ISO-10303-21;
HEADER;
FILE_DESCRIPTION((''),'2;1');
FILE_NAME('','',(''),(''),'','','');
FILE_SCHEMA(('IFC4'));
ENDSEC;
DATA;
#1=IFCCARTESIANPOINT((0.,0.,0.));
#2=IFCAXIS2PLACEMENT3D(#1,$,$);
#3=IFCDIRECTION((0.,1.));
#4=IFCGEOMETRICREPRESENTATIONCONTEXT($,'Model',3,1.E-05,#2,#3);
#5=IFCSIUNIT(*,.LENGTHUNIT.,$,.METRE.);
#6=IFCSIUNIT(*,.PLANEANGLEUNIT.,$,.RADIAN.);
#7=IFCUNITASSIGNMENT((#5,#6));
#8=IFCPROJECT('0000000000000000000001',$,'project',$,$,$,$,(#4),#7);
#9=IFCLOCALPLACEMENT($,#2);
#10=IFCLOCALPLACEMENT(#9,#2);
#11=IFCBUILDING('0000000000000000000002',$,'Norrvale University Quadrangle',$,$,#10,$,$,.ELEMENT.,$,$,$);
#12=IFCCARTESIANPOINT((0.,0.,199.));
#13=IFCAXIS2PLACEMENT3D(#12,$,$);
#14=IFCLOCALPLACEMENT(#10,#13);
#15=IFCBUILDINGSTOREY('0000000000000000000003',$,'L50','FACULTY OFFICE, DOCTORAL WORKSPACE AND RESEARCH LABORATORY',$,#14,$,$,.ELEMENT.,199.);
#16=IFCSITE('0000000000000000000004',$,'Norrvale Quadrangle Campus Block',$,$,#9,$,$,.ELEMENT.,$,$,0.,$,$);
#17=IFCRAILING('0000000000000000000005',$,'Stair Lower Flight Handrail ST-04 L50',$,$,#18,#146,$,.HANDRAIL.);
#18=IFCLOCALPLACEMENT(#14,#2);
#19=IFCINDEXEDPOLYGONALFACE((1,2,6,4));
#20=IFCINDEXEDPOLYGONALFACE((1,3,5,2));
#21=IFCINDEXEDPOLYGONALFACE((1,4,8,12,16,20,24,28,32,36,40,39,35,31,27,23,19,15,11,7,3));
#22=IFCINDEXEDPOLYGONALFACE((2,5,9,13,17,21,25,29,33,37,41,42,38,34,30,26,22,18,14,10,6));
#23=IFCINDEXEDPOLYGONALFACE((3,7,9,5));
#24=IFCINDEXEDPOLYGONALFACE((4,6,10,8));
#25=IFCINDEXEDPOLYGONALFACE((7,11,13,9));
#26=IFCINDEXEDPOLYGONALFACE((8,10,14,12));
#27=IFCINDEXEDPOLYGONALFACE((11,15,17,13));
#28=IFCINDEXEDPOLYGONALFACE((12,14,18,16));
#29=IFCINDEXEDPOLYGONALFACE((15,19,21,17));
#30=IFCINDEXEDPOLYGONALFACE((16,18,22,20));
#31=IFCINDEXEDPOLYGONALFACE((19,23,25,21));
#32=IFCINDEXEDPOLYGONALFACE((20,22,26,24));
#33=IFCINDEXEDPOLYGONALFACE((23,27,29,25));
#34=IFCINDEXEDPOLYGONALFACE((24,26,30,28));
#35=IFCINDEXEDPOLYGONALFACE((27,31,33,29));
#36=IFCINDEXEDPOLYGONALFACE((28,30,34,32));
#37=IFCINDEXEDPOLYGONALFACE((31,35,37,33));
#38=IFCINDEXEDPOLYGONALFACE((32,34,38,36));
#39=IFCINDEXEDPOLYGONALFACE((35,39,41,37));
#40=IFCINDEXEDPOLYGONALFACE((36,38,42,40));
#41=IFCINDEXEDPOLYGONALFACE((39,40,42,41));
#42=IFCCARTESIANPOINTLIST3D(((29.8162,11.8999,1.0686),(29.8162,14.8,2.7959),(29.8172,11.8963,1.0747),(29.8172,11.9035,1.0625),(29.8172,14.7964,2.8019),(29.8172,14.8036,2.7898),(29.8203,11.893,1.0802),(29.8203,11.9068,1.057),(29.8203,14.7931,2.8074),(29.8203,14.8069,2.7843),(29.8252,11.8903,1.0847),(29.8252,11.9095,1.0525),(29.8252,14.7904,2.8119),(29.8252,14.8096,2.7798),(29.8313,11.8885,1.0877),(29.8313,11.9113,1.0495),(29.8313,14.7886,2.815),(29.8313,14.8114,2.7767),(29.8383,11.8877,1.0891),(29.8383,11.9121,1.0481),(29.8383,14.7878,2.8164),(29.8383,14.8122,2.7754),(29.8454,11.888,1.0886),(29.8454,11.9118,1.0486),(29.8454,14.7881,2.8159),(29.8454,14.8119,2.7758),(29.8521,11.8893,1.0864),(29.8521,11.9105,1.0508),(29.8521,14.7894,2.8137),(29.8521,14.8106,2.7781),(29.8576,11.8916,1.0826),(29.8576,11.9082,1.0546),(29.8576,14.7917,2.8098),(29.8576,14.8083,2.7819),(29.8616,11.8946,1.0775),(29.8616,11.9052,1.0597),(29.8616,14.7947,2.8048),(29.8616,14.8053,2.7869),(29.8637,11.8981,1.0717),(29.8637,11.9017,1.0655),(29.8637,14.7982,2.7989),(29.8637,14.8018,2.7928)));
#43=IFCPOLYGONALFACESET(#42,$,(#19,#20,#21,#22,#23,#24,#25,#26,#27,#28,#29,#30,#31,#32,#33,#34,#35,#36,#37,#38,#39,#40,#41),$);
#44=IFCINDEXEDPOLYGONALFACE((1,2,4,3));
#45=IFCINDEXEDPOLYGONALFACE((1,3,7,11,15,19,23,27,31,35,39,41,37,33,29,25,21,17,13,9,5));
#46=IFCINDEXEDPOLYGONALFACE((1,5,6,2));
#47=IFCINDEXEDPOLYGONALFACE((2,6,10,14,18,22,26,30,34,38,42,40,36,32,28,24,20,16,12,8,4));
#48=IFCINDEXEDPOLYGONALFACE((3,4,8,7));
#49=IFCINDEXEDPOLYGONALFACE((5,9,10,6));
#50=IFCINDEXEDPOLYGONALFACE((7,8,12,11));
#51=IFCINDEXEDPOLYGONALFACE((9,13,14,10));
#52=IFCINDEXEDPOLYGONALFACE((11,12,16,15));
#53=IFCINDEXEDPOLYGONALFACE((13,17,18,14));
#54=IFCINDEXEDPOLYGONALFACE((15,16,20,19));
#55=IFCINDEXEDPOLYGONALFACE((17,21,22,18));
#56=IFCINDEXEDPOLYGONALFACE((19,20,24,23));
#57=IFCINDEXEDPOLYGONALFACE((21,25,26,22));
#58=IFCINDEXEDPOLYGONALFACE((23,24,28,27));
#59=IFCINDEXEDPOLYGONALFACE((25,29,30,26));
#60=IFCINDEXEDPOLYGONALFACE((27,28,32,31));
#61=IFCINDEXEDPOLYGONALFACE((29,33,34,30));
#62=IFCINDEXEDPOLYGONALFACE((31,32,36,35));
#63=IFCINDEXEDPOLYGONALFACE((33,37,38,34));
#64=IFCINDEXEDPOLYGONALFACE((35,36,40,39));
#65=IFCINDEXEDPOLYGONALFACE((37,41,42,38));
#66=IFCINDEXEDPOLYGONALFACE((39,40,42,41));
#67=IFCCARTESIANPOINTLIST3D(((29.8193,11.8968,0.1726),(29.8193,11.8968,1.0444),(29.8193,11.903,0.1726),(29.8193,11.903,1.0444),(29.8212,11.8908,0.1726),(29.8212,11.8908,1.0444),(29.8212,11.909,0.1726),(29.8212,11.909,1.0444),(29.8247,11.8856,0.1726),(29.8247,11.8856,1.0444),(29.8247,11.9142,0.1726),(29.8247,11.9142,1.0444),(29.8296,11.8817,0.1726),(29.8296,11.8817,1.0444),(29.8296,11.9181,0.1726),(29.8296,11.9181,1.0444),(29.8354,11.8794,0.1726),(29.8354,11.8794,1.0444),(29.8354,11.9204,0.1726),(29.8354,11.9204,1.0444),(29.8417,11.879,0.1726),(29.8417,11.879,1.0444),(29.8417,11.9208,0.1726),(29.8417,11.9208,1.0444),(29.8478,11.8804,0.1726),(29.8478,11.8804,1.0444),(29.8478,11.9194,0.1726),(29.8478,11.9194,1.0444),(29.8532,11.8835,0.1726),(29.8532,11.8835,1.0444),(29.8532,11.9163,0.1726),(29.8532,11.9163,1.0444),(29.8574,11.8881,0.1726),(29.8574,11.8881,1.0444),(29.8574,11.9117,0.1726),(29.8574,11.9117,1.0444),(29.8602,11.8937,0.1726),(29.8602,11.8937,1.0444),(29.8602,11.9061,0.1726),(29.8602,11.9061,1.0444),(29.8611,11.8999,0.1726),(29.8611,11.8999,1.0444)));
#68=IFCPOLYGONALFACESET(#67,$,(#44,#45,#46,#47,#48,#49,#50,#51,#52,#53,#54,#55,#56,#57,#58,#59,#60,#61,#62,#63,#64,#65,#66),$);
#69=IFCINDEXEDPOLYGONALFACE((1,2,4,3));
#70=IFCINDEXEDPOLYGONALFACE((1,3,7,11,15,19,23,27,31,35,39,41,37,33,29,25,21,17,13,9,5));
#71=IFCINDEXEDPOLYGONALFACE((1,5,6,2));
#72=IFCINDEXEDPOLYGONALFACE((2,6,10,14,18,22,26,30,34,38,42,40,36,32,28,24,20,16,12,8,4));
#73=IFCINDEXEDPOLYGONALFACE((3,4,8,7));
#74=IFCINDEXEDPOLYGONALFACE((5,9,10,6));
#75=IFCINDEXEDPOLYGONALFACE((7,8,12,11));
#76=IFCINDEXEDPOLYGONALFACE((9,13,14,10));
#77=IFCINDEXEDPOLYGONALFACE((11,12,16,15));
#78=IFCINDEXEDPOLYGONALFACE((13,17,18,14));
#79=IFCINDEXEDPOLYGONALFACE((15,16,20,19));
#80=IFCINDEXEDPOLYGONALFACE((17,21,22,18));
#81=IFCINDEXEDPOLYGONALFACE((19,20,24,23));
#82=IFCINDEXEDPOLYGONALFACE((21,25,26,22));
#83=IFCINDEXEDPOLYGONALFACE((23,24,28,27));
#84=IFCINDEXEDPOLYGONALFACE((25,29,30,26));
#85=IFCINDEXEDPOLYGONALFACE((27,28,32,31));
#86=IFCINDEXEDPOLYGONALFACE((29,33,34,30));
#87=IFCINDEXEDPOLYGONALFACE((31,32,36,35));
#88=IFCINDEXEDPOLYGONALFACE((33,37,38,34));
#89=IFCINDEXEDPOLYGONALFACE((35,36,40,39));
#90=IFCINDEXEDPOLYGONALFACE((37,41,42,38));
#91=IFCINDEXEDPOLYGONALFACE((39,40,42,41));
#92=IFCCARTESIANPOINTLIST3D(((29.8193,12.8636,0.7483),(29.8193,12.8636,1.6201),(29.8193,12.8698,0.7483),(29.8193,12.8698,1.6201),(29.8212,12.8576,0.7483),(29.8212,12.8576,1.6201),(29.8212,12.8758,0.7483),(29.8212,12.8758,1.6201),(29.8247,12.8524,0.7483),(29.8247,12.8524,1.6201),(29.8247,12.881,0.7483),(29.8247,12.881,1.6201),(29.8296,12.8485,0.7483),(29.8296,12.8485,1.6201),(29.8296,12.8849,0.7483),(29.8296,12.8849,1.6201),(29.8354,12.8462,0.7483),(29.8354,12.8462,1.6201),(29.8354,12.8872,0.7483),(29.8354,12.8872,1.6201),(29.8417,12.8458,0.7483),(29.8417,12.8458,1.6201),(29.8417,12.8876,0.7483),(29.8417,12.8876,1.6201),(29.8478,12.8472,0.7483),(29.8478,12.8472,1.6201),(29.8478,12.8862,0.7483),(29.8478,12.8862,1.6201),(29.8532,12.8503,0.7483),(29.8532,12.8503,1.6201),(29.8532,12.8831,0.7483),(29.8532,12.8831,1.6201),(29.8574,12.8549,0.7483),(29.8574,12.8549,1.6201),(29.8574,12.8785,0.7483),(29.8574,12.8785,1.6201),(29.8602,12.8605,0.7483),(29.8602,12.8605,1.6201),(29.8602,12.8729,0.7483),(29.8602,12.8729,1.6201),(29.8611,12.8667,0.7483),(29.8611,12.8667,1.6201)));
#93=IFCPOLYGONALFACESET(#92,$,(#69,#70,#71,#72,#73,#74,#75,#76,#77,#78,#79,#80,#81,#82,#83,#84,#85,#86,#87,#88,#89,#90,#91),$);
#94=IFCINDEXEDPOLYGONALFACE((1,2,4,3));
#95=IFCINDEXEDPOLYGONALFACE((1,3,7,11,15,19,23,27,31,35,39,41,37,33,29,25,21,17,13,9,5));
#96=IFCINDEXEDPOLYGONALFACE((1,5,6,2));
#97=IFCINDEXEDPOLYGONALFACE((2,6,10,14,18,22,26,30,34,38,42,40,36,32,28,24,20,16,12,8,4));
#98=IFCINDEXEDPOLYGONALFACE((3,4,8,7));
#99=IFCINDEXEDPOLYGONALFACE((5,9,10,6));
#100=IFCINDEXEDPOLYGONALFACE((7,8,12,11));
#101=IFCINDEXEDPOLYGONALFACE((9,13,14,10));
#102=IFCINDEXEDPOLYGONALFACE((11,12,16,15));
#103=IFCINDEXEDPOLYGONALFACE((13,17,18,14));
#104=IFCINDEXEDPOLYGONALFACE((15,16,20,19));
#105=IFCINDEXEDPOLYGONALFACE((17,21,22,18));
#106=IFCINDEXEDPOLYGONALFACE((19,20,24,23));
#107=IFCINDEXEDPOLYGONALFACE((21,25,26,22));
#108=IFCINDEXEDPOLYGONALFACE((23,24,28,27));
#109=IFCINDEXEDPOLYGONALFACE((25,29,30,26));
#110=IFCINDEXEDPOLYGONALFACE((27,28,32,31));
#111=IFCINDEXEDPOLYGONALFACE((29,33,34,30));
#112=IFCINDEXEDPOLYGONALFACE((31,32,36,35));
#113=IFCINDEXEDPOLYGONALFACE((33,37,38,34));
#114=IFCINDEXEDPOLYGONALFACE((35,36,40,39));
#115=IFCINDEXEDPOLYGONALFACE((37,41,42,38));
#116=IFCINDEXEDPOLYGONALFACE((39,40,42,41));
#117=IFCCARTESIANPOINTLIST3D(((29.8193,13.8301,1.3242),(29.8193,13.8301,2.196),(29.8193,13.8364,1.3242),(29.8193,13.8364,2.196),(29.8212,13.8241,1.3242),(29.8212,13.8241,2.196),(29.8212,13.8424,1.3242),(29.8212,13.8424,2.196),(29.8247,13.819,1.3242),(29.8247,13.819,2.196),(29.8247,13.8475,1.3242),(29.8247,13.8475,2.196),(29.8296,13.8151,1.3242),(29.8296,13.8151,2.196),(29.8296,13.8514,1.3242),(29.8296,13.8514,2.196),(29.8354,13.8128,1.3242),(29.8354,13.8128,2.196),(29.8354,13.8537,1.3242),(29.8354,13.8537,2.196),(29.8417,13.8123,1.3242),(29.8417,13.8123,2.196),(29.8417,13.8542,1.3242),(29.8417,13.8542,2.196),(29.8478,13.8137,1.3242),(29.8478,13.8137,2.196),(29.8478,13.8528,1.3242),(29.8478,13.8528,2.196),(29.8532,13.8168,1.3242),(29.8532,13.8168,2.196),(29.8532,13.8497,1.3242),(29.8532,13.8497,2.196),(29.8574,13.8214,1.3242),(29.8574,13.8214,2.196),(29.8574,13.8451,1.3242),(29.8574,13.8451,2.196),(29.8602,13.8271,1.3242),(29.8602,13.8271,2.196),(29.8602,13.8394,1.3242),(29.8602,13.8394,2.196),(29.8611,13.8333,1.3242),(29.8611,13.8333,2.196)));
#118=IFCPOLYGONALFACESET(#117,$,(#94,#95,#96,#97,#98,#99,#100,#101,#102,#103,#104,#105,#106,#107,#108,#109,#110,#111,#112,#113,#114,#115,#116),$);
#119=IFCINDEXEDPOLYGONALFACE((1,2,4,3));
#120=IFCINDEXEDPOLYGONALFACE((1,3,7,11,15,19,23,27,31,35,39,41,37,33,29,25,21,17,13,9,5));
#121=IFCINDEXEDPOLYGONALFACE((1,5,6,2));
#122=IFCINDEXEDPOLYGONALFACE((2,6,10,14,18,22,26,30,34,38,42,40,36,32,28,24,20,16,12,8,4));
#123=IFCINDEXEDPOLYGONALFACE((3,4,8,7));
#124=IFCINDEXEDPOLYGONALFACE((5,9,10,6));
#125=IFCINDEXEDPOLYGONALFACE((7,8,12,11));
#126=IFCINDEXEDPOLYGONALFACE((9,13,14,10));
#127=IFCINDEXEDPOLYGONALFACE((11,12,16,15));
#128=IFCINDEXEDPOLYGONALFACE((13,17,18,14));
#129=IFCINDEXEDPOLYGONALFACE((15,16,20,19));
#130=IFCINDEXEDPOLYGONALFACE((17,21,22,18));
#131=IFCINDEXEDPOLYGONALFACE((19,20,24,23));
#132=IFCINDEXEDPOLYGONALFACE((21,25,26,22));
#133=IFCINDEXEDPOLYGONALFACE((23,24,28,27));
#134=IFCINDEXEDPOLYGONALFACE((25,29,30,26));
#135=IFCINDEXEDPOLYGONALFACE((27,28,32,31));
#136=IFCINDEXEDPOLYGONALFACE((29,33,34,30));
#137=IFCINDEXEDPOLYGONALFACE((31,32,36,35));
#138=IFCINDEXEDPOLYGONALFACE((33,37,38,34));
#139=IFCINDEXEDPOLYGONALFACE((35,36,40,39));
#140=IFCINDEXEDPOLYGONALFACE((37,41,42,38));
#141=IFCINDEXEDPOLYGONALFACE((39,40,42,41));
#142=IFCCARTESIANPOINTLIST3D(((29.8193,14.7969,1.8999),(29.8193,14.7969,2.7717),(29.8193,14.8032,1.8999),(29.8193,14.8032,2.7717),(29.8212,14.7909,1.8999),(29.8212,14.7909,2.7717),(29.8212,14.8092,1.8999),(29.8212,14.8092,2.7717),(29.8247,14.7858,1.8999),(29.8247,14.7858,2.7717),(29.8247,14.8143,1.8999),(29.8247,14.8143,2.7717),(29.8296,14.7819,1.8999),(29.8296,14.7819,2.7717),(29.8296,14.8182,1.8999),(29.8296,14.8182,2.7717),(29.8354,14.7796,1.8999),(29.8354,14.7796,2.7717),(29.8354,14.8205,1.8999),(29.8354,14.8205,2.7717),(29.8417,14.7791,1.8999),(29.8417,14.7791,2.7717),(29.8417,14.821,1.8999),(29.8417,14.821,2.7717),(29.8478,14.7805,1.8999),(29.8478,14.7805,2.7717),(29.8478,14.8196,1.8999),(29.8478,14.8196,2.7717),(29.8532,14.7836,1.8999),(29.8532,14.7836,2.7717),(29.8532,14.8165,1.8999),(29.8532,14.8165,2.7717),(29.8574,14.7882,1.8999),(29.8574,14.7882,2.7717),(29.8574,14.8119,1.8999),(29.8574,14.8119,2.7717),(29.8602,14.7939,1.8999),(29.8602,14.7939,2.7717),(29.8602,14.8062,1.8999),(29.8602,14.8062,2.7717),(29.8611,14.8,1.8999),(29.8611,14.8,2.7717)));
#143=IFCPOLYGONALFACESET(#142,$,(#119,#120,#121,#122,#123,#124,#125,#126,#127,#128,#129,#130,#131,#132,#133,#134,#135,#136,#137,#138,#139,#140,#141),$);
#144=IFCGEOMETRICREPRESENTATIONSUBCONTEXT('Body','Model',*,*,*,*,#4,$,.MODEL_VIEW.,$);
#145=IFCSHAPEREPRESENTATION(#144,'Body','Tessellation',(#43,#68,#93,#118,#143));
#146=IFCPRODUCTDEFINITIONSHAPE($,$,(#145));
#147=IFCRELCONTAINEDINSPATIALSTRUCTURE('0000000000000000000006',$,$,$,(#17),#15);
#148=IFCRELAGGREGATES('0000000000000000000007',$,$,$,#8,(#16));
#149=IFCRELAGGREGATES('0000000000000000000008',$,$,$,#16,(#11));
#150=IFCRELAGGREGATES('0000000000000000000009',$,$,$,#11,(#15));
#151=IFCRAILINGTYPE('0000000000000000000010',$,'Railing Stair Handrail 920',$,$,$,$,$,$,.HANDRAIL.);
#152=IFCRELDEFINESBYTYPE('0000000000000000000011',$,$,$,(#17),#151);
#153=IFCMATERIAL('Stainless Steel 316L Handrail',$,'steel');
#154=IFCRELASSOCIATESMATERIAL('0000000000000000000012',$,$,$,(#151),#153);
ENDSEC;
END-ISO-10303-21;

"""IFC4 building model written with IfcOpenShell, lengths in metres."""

from ifc_helpers import new_model, si_unit, direction, frame, origin, origin_2d, place, context, subcontext, project, spatial, circle, extrude, material, type_object, element, save


model = new_model("IFC4")

# Units and contexts
model_context = context("Model", 3, precision=1e-05, world=origin(), true_north=direction((0.0, 1.0)))
body_context = subcontext(model_context, "Body", "Model", "MODEL_VIEW")
ifc_project = project(units=[si_unit("LENGTHUNIT", "METRE"), si_unit("PLANEANGLEUNIT", "RADIAN")], contexts=[model_context])

# Site, building, storey
site_placement = place(None, origin())
site = spatial("IfcSite", under=ifc_project, at=site_placement, Name="Norrvale Quadrangle Campus Block", CompositionType="ELEMENT", RefElevation=0.0)
building_placement = place(site_placement, origin())
building = spatial("IfcBuilding", under=site, at=building_placement, Name="Norrvale University Quadrangle", CompositionType="ELEMENT")
storey_placement = place(building_placement, frame((0.0, 0.0, 199.0)))
storey = spatial("IfcBuildingStorey", under=building, at=storey_placement, Name="L50", Description="FACULTY OFFICE, DOCTORAL WORKSPACE AND RESEARCH LABORATORY", CompositionType="ELEMENT", Elevation=199.0)

# Railing
ifc_material_1 = material(Name="Stainless Steel 316L Handrail", Category="steel")
railing_type_1 = type_object("IfcRailingType", Name="Railing Stair Handrail 920", PredefinedType="HANDRAIL", material=ifc_material_1)
railing_1_placement = place(storey_placement, frame((29.8401, 11.8999, 0.1726)))
element("IfcRailing", 1, at=railing_1_placement, inside=storey, type_object=railing_type_1, Name="Stair Lower Flight Handrail ST-04 L50", PredefinedType="HANDRAIL", context=body_context, shape_type="SweptSolid", body=[
    extrude(circle(Radius=0.0239, at=origin_2d()), frame((0.0, 0.0, 0.896), z_axis=(0.0, 0.85916, 0.511706), x_axis=(-1.0, 0.0, 0.0)), (0.0, 0.0, 1.0), 3.3755),
    extrude(circle(Radius=0.021, at=origin_2d()), origin(), (0.0, 0.0, 1.0), 0.8718),
    extrude(circle(Radius=0.021, at=origin_2d()), frame((0.0, 0.9668, 0.5757)), (0.0, 0.0, 1.0), 0.8718),
    extrude(circle(Radius=0.021, at=origin_2d()), frame((0.0, 1.9333, 1.1516)), (0.0, 0.0, 1.0), 0.8718),
    extrude(circle(Radius=0.021, at=origin_2d()), frame((0.0, 2.9001, 1.7273)), (0.0, 0.0, 1.0), 0.8718),
])

save(model, "model.ifc")
